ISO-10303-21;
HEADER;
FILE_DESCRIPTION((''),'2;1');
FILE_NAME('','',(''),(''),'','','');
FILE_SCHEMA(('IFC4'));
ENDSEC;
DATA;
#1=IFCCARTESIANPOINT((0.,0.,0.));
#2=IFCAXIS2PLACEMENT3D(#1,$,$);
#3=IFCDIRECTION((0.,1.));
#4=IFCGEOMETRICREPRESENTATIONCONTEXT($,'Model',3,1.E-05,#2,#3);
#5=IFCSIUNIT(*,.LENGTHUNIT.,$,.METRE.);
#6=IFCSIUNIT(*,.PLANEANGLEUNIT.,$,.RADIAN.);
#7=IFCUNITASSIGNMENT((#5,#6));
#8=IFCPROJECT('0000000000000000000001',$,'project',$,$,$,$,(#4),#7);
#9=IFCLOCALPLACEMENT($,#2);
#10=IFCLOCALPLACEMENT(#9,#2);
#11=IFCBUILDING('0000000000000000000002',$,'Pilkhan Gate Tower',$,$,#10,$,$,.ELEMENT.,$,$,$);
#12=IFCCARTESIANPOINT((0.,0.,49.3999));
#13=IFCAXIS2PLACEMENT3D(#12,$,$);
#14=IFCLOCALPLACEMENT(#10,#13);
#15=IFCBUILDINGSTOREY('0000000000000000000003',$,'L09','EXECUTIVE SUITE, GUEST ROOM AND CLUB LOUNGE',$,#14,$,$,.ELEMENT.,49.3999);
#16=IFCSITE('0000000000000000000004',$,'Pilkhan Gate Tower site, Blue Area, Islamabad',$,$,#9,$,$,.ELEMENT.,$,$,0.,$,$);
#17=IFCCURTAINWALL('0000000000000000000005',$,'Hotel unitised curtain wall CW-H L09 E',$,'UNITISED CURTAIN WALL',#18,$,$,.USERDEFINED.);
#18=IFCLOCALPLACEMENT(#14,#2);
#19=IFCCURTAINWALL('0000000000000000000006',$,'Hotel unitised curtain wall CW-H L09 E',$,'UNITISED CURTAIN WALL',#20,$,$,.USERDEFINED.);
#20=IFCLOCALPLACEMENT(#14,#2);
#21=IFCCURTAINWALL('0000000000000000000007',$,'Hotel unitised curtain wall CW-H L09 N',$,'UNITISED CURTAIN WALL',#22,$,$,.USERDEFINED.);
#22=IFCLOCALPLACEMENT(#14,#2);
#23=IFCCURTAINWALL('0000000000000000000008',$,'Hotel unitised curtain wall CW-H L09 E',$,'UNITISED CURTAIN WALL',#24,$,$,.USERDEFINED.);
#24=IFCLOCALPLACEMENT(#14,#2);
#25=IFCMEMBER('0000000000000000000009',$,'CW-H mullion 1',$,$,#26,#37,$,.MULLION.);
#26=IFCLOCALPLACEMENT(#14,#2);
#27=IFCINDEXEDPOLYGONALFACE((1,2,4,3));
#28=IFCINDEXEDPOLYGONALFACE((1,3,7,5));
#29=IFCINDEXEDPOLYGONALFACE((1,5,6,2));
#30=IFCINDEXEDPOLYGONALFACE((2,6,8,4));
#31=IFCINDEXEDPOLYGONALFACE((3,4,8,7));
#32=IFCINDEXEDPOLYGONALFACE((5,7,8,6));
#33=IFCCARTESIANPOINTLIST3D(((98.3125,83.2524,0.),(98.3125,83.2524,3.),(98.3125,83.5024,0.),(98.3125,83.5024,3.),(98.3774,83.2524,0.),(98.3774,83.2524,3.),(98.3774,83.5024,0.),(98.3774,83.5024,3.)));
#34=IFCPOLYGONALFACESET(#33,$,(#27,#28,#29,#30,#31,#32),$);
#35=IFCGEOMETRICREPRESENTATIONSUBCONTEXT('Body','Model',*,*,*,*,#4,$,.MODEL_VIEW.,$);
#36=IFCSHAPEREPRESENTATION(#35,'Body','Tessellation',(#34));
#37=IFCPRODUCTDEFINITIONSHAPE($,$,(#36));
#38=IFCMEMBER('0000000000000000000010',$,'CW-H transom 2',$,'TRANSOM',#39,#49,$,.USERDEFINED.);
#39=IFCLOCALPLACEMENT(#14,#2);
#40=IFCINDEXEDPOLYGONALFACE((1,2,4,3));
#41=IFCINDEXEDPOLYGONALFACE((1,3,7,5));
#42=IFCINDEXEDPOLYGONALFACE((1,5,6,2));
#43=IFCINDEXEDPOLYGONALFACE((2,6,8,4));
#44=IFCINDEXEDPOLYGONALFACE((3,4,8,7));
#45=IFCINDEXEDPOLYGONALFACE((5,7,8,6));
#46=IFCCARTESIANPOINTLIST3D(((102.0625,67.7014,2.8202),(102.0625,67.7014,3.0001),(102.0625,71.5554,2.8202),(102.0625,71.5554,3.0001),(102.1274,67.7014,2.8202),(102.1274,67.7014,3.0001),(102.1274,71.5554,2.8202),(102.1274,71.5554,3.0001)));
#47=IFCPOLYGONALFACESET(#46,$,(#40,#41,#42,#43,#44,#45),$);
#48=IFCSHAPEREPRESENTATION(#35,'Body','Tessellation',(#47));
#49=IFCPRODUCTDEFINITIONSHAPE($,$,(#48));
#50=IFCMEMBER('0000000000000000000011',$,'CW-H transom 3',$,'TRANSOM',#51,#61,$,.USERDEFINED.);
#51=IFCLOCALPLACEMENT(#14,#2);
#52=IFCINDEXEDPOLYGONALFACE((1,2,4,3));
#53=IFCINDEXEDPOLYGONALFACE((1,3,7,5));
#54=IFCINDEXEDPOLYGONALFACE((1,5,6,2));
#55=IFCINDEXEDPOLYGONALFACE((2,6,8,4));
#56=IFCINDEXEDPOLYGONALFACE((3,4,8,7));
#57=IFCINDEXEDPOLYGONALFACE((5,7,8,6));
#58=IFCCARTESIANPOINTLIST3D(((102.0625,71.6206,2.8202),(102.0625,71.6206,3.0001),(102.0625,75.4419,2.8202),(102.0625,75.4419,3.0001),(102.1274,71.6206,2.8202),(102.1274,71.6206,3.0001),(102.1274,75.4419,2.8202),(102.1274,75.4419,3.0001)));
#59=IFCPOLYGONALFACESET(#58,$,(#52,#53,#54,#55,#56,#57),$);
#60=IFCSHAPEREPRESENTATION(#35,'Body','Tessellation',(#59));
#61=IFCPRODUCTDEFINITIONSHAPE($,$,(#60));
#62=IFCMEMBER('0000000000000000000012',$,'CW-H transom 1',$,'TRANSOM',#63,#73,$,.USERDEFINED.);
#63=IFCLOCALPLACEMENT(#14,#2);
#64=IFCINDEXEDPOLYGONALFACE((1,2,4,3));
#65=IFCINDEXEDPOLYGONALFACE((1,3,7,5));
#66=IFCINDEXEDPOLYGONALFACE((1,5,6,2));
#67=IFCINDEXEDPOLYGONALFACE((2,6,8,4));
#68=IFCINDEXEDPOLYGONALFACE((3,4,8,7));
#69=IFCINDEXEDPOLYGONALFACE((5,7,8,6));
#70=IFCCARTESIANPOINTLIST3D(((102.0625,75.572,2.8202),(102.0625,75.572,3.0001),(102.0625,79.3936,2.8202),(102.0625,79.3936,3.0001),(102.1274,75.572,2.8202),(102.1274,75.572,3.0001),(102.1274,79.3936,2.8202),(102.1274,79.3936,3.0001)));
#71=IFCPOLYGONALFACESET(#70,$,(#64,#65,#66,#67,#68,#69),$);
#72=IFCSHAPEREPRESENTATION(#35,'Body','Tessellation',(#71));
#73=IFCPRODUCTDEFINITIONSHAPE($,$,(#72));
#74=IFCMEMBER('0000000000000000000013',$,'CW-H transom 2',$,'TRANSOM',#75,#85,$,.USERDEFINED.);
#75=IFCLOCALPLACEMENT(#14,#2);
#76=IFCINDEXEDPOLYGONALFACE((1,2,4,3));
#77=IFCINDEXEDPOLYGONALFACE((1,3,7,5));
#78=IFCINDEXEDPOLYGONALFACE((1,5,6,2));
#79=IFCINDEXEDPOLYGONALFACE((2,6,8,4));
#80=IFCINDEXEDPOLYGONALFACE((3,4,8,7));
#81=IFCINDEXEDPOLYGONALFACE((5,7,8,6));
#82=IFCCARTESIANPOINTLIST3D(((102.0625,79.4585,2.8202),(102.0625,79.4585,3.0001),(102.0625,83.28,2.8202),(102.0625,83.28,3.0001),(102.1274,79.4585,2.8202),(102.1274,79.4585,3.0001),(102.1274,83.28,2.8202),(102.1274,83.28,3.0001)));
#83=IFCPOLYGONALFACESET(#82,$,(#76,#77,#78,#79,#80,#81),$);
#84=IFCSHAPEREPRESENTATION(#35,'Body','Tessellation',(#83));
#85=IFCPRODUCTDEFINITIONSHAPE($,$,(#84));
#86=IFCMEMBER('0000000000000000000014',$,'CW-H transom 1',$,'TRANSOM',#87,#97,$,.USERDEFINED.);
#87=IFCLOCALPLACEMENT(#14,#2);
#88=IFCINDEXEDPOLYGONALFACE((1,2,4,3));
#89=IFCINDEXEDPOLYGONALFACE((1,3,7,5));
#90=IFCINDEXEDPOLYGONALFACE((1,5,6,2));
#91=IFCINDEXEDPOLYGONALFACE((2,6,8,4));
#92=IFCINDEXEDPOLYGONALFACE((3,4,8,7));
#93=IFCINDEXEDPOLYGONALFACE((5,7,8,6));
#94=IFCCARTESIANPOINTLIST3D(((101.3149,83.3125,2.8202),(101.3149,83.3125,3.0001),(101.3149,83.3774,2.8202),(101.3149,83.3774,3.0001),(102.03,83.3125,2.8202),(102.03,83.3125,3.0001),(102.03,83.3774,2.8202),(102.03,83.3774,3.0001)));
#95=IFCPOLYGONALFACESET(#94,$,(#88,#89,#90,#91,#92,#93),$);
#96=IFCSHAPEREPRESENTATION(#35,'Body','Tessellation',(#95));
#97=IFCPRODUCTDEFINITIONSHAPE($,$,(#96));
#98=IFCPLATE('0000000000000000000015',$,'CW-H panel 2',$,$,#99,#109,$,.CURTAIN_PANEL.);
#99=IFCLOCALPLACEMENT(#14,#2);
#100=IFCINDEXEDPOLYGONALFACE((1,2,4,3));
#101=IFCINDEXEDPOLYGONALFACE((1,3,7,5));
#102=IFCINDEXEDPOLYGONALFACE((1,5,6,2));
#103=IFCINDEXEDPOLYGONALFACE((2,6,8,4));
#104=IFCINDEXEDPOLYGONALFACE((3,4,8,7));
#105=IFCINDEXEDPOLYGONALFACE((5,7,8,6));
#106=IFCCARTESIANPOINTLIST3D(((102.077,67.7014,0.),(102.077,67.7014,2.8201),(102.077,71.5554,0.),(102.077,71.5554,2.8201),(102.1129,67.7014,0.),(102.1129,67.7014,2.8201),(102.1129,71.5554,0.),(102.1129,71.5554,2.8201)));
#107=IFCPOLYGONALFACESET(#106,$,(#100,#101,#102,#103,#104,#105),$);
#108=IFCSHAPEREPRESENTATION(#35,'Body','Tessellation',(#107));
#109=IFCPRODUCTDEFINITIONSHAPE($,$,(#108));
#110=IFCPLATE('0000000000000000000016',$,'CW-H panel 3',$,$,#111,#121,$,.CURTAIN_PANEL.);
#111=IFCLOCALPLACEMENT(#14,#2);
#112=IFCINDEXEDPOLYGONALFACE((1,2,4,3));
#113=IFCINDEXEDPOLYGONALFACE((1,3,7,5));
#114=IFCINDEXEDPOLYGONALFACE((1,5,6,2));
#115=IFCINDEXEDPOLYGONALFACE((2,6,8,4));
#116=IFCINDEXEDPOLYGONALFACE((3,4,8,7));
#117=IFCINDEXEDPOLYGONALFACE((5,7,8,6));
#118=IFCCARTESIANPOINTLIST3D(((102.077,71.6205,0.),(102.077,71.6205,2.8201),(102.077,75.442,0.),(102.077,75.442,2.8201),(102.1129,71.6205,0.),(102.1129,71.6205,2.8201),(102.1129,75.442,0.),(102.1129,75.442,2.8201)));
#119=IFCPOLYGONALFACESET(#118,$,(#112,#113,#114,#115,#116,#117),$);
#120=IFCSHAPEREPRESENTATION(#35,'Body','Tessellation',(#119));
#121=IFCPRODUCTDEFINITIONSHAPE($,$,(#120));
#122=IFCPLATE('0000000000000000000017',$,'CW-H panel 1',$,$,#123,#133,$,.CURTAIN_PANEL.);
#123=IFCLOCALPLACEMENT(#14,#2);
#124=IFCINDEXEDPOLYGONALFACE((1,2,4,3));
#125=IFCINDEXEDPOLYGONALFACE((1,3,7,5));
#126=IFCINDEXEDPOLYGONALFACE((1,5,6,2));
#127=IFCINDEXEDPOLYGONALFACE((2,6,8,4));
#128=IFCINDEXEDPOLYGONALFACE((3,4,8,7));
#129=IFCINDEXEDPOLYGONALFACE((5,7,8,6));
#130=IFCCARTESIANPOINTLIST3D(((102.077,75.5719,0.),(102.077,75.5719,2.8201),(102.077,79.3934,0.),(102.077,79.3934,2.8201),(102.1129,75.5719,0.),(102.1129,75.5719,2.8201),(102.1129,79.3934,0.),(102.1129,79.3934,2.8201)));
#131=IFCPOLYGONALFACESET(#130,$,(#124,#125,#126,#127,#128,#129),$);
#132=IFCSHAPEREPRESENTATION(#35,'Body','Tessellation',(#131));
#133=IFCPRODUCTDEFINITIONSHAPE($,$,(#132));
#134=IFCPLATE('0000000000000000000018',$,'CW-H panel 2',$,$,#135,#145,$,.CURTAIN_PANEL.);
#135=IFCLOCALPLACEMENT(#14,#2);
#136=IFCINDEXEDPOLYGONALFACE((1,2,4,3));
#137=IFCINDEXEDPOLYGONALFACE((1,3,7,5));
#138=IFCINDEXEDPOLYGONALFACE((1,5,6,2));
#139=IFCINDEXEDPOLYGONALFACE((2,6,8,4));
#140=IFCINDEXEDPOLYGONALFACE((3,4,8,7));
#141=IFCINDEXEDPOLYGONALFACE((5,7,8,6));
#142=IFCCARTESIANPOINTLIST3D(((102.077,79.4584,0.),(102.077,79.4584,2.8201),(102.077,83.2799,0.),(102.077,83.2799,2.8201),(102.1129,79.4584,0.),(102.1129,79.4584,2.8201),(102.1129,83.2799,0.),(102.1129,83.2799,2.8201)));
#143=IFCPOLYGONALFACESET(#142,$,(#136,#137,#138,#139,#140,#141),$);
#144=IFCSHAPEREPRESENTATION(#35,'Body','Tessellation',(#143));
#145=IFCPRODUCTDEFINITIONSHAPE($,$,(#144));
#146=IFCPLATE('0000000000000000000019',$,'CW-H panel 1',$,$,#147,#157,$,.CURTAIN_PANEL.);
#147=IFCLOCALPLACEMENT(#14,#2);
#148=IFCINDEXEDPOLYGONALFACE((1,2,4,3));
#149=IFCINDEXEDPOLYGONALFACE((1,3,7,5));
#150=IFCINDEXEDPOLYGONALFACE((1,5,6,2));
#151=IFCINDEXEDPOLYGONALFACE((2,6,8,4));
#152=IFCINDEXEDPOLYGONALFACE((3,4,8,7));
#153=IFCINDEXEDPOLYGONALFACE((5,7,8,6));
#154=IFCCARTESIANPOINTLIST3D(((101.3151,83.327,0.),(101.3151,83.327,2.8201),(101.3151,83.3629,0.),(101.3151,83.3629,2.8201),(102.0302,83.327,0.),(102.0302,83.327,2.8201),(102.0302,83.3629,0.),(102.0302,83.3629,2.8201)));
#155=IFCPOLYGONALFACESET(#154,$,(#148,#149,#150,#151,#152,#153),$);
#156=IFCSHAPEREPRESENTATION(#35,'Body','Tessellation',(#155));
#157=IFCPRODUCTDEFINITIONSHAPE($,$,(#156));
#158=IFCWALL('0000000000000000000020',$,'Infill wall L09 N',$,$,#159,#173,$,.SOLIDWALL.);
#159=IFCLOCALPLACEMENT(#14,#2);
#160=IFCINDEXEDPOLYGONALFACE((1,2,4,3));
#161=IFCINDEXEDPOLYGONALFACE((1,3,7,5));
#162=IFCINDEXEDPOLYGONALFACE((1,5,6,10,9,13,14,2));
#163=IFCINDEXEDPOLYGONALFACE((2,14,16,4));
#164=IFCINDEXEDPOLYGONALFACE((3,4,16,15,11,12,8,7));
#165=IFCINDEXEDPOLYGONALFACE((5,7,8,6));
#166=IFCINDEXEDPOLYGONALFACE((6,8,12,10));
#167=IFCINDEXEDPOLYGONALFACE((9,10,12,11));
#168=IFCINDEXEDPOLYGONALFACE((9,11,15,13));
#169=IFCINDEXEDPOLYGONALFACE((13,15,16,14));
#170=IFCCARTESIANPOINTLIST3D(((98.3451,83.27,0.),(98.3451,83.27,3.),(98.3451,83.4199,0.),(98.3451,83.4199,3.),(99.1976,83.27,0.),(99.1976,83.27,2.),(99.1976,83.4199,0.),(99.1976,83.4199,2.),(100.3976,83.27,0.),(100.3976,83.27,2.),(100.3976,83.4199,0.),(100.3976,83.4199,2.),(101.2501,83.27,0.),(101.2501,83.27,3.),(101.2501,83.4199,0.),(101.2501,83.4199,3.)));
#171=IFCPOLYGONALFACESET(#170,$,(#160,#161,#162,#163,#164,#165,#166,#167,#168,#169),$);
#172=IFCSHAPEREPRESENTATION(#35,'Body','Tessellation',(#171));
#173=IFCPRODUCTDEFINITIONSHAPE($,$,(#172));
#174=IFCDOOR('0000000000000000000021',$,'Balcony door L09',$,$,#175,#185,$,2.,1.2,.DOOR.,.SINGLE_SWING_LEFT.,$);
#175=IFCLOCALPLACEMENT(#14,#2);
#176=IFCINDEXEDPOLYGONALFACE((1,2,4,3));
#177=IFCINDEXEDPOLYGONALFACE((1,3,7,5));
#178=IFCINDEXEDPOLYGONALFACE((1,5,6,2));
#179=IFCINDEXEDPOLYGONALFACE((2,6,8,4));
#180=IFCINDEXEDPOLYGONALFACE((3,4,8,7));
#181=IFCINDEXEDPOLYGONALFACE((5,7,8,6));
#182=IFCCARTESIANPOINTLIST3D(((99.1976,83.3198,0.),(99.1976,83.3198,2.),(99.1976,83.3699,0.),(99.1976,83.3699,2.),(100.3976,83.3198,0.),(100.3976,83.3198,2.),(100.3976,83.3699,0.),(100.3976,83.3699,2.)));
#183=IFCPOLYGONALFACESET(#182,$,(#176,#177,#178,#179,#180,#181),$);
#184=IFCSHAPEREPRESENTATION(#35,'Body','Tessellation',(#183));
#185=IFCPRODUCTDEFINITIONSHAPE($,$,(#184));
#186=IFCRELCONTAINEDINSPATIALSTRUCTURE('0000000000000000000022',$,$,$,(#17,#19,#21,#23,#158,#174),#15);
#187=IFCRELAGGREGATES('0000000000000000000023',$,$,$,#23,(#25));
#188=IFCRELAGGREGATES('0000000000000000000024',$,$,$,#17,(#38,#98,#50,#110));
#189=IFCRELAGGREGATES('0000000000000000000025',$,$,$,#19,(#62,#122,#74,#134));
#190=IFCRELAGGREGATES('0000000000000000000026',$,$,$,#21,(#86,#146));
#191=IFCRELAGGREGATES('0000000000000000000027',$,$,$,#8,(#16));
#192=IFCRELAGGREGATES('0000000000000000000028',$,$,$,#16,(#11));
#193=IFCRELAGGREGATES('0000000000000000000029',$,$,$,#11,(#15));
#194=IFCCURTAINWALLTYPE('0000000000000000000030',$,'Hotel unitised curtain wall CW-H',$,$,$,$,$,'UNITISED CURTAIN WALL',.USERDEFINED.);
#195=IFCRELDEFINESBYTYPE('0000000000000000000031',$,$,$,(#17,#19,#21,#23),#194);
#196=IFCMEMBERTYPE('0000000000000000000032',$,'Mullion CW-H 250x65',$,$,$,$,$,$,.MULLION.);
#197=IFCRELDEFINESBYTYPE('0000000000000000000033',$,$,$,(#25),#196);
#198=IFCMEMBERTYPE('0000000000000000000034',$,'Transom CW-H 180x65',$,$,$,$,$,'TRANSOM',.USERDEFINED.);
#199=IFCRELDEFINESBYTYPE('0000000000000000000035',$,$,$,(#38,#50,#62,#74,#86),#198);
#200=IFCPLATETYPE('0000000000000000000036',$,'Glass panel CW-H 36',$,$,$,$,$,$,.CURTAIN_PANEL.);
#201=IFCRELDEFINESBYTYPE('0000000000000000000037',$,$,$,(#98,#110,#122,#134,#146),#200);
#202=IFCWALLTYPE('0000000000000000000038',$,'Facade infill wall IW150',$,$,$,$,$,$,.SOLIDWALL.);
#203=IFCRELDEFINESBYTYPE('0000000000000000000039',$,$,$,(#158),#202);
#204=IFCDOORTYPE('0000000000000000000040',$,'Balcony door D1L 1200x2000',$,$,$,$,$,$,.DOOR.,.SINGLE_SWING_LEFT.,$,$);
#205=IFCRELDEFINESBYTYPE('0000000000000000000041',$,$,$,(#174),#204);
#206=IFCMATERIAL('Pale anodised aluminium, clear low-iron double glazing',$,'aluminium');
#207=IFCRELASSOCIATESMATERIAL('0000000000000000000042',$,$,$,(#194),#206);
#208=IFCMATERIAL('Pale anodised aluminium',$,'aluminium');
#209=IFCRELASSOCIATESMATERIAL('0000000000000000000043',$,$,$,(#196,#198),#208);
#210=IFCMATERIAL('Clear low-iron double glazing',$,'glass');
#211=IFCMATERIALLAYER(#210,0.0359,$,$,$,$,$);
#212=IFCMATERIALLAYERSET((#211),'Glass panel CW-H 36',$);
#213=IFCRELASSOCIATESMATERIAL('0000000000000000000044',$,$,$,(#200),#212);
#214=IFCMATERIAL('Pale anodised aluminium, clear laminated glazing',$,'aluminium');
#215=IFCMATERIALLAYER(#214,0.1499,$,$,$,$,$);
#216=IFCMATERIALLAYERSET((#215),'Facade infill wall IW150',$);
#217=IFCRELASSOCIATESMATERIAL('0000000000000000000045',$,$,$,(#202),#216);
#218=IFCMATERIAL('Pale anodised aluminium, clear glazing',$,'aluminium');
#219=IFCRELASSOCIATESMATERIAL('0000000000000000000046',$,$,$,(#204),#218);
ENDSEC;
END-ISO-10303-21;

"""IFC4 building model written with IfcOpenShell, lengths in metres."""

from ifc_helpers import new_model, si_unit, direction, frame, frame_2d, origin, origin_2d, place, context, subcontext, project, spatial, rectangle, extrude, material, layer, layer_set, material_profile, profile_set, type_object, element, fill, aggregate, save


model = new_model("IFC4")

# Units and contexts
model_context = context("Model", 3, precision=1e-05, world=origin(), true_north=direction((0.0, 1.0)))
body_context = subcontext(model_context, "Body", "Model", "MODEL_VIEW")
ifc_project = project(units=[si_unit("LENGTHUNIT", "METRE"), si_unit("PLANEANGLEUNIT", "RADIAN")], contexts=[model_context])

# Site, building, storey
site_placement = place(None, origin())
site = spatial("IfcSite", under=ifc_project, at=site_placement, Name="Pilkhan Gate Tower site, Blue Area, Islamabad", CompositionType="ELEMENT", RefElevation=0.0)
building_placement = place(site_placement, origin())
building = spatial("IfcBuilding", under=site, at=building_placement, Name="Pilkhan Gate Tower", CompositionType="ELEMENT")
storey_placement = place(building_placement, frame((0.0, 0.0, 49.3999)))
storey = spatial("IfcBuildingStorey", under=building, at=storey_placement, Name="L09", Description="EXECUTIVE SUITE, GUEST ROOM AND CLUB LOUNGE", CompositionType="ELEMENT", Elevation=49.3999)

# Curtain walls
ifc_material_1 = material(Name="Pale anodised aluminium, clear low-iron double glazing", Category="aluminium")
curtain_wall_type = type_object("IfcCurtainWallType", Name="Hotel unitised curtain wall CW-H", ElementType="UNITISED CURTAIN WALL", PredefinedType="USERDEFINED", material=ifc_material_1)
curtain_wall_1_placement = place(storey_placement, origin())
curtain_wall_1 = element("IfcCurtainWall", 1, at=curtain_wall_1_placement, inside=storey, type_object=curtain_wall_type, Name="Hotel unitised curtain wall CW-H L09 E", ObjectType="UNITISED CURTAIN WALL", PredefinedType="USERDEFINED")
ifc_material_2 = material(Name="Pale anodised aluminium", Category="aluminium")
ifc_material_profile_1 = material_profile(ifc_material_2, rectangle(XDim=0.0649, YDim=0.25, at=origin_2d()), Name="Mullion 250x65")
ifc_profile_set_1 = profile_set([ifc_material_profile_1], Name="Pale anodised aluminium")
member_type_1 = type_object("IfcMemberType", Name="Mullion CW-H 250x65", PredefinedType="MULLION", material=ifc_profile_set_1)
curtain_wall_2_placement = place(storey_placement, origin())
curtain_wall_2 = element("IfcCurtainWall", 2, at=curtain_wall_2_placement, inside=storey, type_object=curtain_wall_type, Name="Hotel unitised curtain wall CW-H L09 E", ObjectType="UNITISED CURTAIN WALL", PredefinedType="USERDEFINED")
curtain_wall_3_placement = place(storey_placement, origin())
curtain_wall_3 = element("IfcCurtainWall", 3, at=curtain_wall_3_placement, inside=storey, type_object=curtain_wall_type, Name="Hotel unitised curtain wall CW-H L09 N", ObjectType="UNITISED CURTAIN WALL", PredefinedType="USERDEFINED")

# Curtain wall, member
curtain_wall_4_placement = place(storey_placement, origin())
curtain_wall_4 = element("IfcCurtainWall", 4, at=curtain_wall_4_placement, inside=storey, type_object=curtain_wall_type, Name="Hotel unitised curtain wall CW-H L09 E", ObjectType="UNITISED CURTAIN WALL", PredefinedType="USERDEFINED")
member_1_placement = place(storey_placement, frame((98.345, 83.3774, 0.0), z_axis=(0.0, 0.0, 1.0), x_axis=(-1.0, 0.0, 0.0)))
member_1 = element("IfcMember", 5, at=member_1_placement, type_object=member_type_1, Name="CW-H mullion 1", PredefinedType="MULLION", context=body_context, shape_type="SweptSolid", body=[
    extrude(rectangle(XDim=0.0649, YDim=0.25, at=origin_2d()), origin(), (0.0, 0.0, 1.0), 3.0),
])
aggregate(curtain_wall_4, [member_1])

# Members
ifc_material_profile_2 = material_profile(ifc_material_2, rectangle(XDim=0.0649, YDim=0.1799, at=origin_2d()), Name="Transom 180x65")
ifc_profile_set_2 = profile_set([ifc_material_profile_2], Name="Pale anodised aluminium")
member_type_2 = type_object("IfcMemberType", Name="Transom CW-H 180x65", ElementType="TRANSOM", PredefinedType="USERDEFINED", material=ifc_profile_set_2)
member_2_placement = place(storey_placement, frame((102.095, 67.7014, 2.9102), z_axis=(0.0, 1.0, 0.0), x_axis=(-1.0, 0.0, 0.0)))
member_2 = element("IfcMember", 6, at=member_2_placement, type_object=member_type_2, Name="CW-H transom 2", ObjectType="TRANSOM", PredefinedType="USERDEFINED", context=body_context, shape_type="SweptSolid", body=[
    extrude(rectangle(XDim=0.0649, YDim=0.1799, at=origin_2d()), origin(), (0.0, 0.0, 1.0), 3.854),
])
member_3_placement = place(storey_placement, frame((102.095, 71.6206, 2.9102), z_axis=(0.0, 1.0, 0.0), x_axis=(-1.0, 0.0, 0.0)))
member_3 = element("IfcMember", 7, at=member_3_placement, type_object=member_type_2, Name="CW-H transom 3", ObjectType="TRANSOM", PredefinedType="USERDEFINED", context=body_context, shape_type="SweptSolid", body=[
    extrude(rectangle(XDim=0.0649, YDim=0.1799, at=origin_2d()), origin(), (0.0, 0.0, 1.0), 3.8213),
])
member_4_placement = place(storey_placement, frame((102.095, 75.572, 2.9102), z_axis=(0.0, 1.0, 0.0), x_axis=(-1.0, 0.0, 0.0)))
member_4 = element("IfcMember", 8, at=member_4_placement, type_object=member_type_2, Name="CW-H transom 1", ObjectType="TRANSOM", PredefinedType="USERDEFINED", context=body_context, shape_type="SweptSolid", body=[
    extrude(rectangle(XDim=0.0649, YDim=0.1799, at=origin_2d()), origin(), (0.0, 0.0, 1.0), 3.8215),
])
member_5_placement = place(storey_placement, frame((102.095, 79.4585, 2.9102), z_axis=(0.0, 1.0, 0.0), x_axis=(-1.0, 0.0, 0.0)))
member_5 = element("IfcMember", 9, at=member_5_placement, type_object=member_type_2, Name="CW-H transom 2", ObjectType="TRANSOM", PredefinedType="USERDEFINED", context=body_context, shape_type="SweptSolid", body=[
    extrude(rectangle(XDim=0.0649, YDim=0.1799, at=origin_2d()), origin(), (0.0, 0.0, 1.0), 3.8215),
])
member_6_placement = place(storey_placement, frame((101.3149, 83.345, 2.9102), z_axis=(1.0, 0.0, 0.0), x_axis=(0.0, 1.0, 0.0)))
member_6 = element("IfcMember", 10, at=member_6_placement, type_object=member_type_2, Name="CW-H transom 1", ObjectType="TRANSOM", PredefinedType="USERDEFINED", context=body_context, shape_type="SweptSolid", body=[
    extrude(rectangle(XDim=0.0649, YDim=0.1799, at=origin_2d()), origin(), (0.0, 0.0, 1.0), 0.7151),
])

# Plates
ifc_material_3 = material(Name="Clear low-iron double glazing", Category="glass")
ifc_layer_1 = layer(ifc_material_3, 0.0359)
ifc_layer_set_1 = layer_set([ifc_layer_1], Name="Glass panel CW-H 36")
plate_type = type_object("IfcPlateType", Name="Glass panel CW-H 36", PredefinedType="CURTAIN_PANEL", material=ifc_layer_set_1)
plate_1_placement = place(storey_placement, frame((102.095, 69.6284, 0.0), z_axis=(0.0, 0.0, 1.0), x_axis=(0.0, 1.0, 0.0)))
plate_1 = element("IfcPlate", 11, at=plate_1_placement, type_object=plate_type, Name="CW-H panel 2", PredefinedType="CURTAIN_PANEL", context=body_context, shape_type="SweptSolid", body=[
    extrude(rectangle(XDim=3.854, YDim=0.0359, at=origin_2d()), origin(), (0.0, 0.0, 1.0), 2.8201),
])
plate_2_placement = place(storey_placement, frame((102.095, 73.5312, 0.0), z_axis=(0.0, 0.0, 1.0), x_axis=(0.0, 1.0, 0.0)))
plate_2 = element("IfcPlate", 12, at=plate_2_placement, type_object=plate_type, Name="CW-H panel 3", PredefinedType="CURTAIN_PANEL", context=body_context, shape_type="SweptSolid", body=[
    extrude(rectangle(XDim=3.8215, YDim=0.0359, at=origin_2d()), origin(), (0.0, 0.0, 1.0), 2.8201),
])
aggregate(curtain_wall_1, [member_2, plate_1, member_3, plate_2])
plate_3_placement = place(storey_placement, frame((102.095, 77.4827, 0.0), z_axis=(0.0, 0.0, 1.0), x_axis=(0.0, 1.0, 0.0)))
plate_3 = element("IfcPlate", 13, at=plate_3_placement, type_object=plate_type, Name="CW-H panel 1", PredefinedType="CURTAIN_PANEL", context=body_context, shape_type="SweptSolid", body=[
    extrude(rectangle(XDim=3.8215, YDim=0.0359, at=origin_2d()), origin(), (0.0, 0.0, 1.0), 2.8201),
])
plate_4_placement = place(storey_placement, frame((102.095, 81.3691, 0.0), z_axis=(0.0, 0.0, 1.0), x_axis=(0.0, 1.0, 0.0)))
plate_4 = element("IfcPlate", 14, at=plate_4_placement, type_object=plate_type, Name="CW-H panel 2", PredefinedType="CURTAIN_PANEL", context=body_context, shape_type="SweptSolid", body=[
    extrude(rectangle(XDim=3.8215, YDim=0.0359, at=origin_2d()), origin(), (0.0, 0.0, 1.0), 2.8201),
])
aggregate(curtain_wall_2, [member_4, plate_3, member_5, plate_4])
plate_5_placement = place(storey_placement, frame((101.6726, 83.345, 0.0), z_axis=(0.0, 0.0, 1.0), x_axis=(1.0, 0.0, 0.0)))
plate_5 = element("IfcPlate", 15, at=plate_5_placement, type_object=plate_type, Name="CW-H panel 1", PredefinedType="CURTAIN_PANEL", context=body_context, shape_type="SweptSolid", body=[
    extrude(rectangle(XDim=0.7151, YDim=0.0359, at=origin_2d()), origin(), (0.0, 0.0, 1.0), 2.8201),
])
aggregate(curtain_wall_3, [member_6, plate_5])

# Wall, opening, door
ifc_material_4 = material(Name="Pale anodised aluminium, clear laminated glazing", Category="aluminium")
ifc_layer_2 = layer(ifc_material_4, 0.1499)
ifc_layer_set_2 = layer_set([ifc_layer_2], Name="Facade infill wall IW150")
wall_type_1 = type_object("IfcWallType", Name="Facade infill wall IW150", PredefinedType="SOLIDWALL", material=ifc_layer_set_2)
wall_1_placement = place(storey_placement, frame((98.345, 83.345, 0.0), z_axis=(0.0, 0.0, 1.0), x_axis=(1.0, 0.0, 0.0)))
wall_1 = element("IfcWall", 16, at=wall_1_placement, inside=storey, type_object=wall_type_1, Name="Infill wall L09 N", PredefinedType="SOLIDWALL", context=body_context, shape_type="SweptSolid", body=[
    extrude(rectangle(XDim=2.905, YDim=0.1499, at=frame_2d((1.4526, 0.0))), origin(), (0.0, 0.0, 1.0), 3.0),
])
opening_1_placement = place(wall_1_placement, frame((0.8525, 0.0, 0.0)))
opening_1 = element("IfcOpeningElement", 17, at=opening_1_placement, cuts=wall_1, PredefinedType="OPENING", context=body_context, shape_type="SweptSolid", body=[
    extrude(rectangle(XDim=1.2, YDim=2.0, at=frame_2d((0.6001, 1.0))), frame((0.0, 0.085, 0.0), z_axis=(0.0, -1.0, 0.0), x_axis=(1.0, 0.0, 0.0)), (0.0, 0.0, 1.0), 0.1699),
])
ifc_material_5 = material(Name="Pale anodised aluminium, clear glazing", Category="aluminium")
door_type_1 = type_object("IfcDoorType", Name="Balcony door D1L 1200x2000", OperationType="SINGLE_SWING_LEFT", PredefinedType="DOOR", material=ifc_material_5)
door_1_placement = place(opening_1_placement, origin())
door_1 = element("IfcDoor", 18, at=door_1_placement, inside=storey, type_object=door_type_1, Name="Balcony door L09", OperationType="SINGLE_SWING_LEFT", OverallHeight=2.0, OverallWidth=1.2, PredefinedType="DOOR", context=body_context, shape_type="SweptSolid", body=[
    extrude(rectangle(XDim=1.2, YDim=2.0, at=frame_2d((0.6001, 1.0))), frame((0.0, 0.0249, 0.0), z_axis=(0.0, -1.0, 0.0), x_axis=(1.0, 0.0, 0.0)), (0.0, 0.0, 1.0), 0.05),
])
fill(opening_1, door_1)

save(model, "model.ifc")
